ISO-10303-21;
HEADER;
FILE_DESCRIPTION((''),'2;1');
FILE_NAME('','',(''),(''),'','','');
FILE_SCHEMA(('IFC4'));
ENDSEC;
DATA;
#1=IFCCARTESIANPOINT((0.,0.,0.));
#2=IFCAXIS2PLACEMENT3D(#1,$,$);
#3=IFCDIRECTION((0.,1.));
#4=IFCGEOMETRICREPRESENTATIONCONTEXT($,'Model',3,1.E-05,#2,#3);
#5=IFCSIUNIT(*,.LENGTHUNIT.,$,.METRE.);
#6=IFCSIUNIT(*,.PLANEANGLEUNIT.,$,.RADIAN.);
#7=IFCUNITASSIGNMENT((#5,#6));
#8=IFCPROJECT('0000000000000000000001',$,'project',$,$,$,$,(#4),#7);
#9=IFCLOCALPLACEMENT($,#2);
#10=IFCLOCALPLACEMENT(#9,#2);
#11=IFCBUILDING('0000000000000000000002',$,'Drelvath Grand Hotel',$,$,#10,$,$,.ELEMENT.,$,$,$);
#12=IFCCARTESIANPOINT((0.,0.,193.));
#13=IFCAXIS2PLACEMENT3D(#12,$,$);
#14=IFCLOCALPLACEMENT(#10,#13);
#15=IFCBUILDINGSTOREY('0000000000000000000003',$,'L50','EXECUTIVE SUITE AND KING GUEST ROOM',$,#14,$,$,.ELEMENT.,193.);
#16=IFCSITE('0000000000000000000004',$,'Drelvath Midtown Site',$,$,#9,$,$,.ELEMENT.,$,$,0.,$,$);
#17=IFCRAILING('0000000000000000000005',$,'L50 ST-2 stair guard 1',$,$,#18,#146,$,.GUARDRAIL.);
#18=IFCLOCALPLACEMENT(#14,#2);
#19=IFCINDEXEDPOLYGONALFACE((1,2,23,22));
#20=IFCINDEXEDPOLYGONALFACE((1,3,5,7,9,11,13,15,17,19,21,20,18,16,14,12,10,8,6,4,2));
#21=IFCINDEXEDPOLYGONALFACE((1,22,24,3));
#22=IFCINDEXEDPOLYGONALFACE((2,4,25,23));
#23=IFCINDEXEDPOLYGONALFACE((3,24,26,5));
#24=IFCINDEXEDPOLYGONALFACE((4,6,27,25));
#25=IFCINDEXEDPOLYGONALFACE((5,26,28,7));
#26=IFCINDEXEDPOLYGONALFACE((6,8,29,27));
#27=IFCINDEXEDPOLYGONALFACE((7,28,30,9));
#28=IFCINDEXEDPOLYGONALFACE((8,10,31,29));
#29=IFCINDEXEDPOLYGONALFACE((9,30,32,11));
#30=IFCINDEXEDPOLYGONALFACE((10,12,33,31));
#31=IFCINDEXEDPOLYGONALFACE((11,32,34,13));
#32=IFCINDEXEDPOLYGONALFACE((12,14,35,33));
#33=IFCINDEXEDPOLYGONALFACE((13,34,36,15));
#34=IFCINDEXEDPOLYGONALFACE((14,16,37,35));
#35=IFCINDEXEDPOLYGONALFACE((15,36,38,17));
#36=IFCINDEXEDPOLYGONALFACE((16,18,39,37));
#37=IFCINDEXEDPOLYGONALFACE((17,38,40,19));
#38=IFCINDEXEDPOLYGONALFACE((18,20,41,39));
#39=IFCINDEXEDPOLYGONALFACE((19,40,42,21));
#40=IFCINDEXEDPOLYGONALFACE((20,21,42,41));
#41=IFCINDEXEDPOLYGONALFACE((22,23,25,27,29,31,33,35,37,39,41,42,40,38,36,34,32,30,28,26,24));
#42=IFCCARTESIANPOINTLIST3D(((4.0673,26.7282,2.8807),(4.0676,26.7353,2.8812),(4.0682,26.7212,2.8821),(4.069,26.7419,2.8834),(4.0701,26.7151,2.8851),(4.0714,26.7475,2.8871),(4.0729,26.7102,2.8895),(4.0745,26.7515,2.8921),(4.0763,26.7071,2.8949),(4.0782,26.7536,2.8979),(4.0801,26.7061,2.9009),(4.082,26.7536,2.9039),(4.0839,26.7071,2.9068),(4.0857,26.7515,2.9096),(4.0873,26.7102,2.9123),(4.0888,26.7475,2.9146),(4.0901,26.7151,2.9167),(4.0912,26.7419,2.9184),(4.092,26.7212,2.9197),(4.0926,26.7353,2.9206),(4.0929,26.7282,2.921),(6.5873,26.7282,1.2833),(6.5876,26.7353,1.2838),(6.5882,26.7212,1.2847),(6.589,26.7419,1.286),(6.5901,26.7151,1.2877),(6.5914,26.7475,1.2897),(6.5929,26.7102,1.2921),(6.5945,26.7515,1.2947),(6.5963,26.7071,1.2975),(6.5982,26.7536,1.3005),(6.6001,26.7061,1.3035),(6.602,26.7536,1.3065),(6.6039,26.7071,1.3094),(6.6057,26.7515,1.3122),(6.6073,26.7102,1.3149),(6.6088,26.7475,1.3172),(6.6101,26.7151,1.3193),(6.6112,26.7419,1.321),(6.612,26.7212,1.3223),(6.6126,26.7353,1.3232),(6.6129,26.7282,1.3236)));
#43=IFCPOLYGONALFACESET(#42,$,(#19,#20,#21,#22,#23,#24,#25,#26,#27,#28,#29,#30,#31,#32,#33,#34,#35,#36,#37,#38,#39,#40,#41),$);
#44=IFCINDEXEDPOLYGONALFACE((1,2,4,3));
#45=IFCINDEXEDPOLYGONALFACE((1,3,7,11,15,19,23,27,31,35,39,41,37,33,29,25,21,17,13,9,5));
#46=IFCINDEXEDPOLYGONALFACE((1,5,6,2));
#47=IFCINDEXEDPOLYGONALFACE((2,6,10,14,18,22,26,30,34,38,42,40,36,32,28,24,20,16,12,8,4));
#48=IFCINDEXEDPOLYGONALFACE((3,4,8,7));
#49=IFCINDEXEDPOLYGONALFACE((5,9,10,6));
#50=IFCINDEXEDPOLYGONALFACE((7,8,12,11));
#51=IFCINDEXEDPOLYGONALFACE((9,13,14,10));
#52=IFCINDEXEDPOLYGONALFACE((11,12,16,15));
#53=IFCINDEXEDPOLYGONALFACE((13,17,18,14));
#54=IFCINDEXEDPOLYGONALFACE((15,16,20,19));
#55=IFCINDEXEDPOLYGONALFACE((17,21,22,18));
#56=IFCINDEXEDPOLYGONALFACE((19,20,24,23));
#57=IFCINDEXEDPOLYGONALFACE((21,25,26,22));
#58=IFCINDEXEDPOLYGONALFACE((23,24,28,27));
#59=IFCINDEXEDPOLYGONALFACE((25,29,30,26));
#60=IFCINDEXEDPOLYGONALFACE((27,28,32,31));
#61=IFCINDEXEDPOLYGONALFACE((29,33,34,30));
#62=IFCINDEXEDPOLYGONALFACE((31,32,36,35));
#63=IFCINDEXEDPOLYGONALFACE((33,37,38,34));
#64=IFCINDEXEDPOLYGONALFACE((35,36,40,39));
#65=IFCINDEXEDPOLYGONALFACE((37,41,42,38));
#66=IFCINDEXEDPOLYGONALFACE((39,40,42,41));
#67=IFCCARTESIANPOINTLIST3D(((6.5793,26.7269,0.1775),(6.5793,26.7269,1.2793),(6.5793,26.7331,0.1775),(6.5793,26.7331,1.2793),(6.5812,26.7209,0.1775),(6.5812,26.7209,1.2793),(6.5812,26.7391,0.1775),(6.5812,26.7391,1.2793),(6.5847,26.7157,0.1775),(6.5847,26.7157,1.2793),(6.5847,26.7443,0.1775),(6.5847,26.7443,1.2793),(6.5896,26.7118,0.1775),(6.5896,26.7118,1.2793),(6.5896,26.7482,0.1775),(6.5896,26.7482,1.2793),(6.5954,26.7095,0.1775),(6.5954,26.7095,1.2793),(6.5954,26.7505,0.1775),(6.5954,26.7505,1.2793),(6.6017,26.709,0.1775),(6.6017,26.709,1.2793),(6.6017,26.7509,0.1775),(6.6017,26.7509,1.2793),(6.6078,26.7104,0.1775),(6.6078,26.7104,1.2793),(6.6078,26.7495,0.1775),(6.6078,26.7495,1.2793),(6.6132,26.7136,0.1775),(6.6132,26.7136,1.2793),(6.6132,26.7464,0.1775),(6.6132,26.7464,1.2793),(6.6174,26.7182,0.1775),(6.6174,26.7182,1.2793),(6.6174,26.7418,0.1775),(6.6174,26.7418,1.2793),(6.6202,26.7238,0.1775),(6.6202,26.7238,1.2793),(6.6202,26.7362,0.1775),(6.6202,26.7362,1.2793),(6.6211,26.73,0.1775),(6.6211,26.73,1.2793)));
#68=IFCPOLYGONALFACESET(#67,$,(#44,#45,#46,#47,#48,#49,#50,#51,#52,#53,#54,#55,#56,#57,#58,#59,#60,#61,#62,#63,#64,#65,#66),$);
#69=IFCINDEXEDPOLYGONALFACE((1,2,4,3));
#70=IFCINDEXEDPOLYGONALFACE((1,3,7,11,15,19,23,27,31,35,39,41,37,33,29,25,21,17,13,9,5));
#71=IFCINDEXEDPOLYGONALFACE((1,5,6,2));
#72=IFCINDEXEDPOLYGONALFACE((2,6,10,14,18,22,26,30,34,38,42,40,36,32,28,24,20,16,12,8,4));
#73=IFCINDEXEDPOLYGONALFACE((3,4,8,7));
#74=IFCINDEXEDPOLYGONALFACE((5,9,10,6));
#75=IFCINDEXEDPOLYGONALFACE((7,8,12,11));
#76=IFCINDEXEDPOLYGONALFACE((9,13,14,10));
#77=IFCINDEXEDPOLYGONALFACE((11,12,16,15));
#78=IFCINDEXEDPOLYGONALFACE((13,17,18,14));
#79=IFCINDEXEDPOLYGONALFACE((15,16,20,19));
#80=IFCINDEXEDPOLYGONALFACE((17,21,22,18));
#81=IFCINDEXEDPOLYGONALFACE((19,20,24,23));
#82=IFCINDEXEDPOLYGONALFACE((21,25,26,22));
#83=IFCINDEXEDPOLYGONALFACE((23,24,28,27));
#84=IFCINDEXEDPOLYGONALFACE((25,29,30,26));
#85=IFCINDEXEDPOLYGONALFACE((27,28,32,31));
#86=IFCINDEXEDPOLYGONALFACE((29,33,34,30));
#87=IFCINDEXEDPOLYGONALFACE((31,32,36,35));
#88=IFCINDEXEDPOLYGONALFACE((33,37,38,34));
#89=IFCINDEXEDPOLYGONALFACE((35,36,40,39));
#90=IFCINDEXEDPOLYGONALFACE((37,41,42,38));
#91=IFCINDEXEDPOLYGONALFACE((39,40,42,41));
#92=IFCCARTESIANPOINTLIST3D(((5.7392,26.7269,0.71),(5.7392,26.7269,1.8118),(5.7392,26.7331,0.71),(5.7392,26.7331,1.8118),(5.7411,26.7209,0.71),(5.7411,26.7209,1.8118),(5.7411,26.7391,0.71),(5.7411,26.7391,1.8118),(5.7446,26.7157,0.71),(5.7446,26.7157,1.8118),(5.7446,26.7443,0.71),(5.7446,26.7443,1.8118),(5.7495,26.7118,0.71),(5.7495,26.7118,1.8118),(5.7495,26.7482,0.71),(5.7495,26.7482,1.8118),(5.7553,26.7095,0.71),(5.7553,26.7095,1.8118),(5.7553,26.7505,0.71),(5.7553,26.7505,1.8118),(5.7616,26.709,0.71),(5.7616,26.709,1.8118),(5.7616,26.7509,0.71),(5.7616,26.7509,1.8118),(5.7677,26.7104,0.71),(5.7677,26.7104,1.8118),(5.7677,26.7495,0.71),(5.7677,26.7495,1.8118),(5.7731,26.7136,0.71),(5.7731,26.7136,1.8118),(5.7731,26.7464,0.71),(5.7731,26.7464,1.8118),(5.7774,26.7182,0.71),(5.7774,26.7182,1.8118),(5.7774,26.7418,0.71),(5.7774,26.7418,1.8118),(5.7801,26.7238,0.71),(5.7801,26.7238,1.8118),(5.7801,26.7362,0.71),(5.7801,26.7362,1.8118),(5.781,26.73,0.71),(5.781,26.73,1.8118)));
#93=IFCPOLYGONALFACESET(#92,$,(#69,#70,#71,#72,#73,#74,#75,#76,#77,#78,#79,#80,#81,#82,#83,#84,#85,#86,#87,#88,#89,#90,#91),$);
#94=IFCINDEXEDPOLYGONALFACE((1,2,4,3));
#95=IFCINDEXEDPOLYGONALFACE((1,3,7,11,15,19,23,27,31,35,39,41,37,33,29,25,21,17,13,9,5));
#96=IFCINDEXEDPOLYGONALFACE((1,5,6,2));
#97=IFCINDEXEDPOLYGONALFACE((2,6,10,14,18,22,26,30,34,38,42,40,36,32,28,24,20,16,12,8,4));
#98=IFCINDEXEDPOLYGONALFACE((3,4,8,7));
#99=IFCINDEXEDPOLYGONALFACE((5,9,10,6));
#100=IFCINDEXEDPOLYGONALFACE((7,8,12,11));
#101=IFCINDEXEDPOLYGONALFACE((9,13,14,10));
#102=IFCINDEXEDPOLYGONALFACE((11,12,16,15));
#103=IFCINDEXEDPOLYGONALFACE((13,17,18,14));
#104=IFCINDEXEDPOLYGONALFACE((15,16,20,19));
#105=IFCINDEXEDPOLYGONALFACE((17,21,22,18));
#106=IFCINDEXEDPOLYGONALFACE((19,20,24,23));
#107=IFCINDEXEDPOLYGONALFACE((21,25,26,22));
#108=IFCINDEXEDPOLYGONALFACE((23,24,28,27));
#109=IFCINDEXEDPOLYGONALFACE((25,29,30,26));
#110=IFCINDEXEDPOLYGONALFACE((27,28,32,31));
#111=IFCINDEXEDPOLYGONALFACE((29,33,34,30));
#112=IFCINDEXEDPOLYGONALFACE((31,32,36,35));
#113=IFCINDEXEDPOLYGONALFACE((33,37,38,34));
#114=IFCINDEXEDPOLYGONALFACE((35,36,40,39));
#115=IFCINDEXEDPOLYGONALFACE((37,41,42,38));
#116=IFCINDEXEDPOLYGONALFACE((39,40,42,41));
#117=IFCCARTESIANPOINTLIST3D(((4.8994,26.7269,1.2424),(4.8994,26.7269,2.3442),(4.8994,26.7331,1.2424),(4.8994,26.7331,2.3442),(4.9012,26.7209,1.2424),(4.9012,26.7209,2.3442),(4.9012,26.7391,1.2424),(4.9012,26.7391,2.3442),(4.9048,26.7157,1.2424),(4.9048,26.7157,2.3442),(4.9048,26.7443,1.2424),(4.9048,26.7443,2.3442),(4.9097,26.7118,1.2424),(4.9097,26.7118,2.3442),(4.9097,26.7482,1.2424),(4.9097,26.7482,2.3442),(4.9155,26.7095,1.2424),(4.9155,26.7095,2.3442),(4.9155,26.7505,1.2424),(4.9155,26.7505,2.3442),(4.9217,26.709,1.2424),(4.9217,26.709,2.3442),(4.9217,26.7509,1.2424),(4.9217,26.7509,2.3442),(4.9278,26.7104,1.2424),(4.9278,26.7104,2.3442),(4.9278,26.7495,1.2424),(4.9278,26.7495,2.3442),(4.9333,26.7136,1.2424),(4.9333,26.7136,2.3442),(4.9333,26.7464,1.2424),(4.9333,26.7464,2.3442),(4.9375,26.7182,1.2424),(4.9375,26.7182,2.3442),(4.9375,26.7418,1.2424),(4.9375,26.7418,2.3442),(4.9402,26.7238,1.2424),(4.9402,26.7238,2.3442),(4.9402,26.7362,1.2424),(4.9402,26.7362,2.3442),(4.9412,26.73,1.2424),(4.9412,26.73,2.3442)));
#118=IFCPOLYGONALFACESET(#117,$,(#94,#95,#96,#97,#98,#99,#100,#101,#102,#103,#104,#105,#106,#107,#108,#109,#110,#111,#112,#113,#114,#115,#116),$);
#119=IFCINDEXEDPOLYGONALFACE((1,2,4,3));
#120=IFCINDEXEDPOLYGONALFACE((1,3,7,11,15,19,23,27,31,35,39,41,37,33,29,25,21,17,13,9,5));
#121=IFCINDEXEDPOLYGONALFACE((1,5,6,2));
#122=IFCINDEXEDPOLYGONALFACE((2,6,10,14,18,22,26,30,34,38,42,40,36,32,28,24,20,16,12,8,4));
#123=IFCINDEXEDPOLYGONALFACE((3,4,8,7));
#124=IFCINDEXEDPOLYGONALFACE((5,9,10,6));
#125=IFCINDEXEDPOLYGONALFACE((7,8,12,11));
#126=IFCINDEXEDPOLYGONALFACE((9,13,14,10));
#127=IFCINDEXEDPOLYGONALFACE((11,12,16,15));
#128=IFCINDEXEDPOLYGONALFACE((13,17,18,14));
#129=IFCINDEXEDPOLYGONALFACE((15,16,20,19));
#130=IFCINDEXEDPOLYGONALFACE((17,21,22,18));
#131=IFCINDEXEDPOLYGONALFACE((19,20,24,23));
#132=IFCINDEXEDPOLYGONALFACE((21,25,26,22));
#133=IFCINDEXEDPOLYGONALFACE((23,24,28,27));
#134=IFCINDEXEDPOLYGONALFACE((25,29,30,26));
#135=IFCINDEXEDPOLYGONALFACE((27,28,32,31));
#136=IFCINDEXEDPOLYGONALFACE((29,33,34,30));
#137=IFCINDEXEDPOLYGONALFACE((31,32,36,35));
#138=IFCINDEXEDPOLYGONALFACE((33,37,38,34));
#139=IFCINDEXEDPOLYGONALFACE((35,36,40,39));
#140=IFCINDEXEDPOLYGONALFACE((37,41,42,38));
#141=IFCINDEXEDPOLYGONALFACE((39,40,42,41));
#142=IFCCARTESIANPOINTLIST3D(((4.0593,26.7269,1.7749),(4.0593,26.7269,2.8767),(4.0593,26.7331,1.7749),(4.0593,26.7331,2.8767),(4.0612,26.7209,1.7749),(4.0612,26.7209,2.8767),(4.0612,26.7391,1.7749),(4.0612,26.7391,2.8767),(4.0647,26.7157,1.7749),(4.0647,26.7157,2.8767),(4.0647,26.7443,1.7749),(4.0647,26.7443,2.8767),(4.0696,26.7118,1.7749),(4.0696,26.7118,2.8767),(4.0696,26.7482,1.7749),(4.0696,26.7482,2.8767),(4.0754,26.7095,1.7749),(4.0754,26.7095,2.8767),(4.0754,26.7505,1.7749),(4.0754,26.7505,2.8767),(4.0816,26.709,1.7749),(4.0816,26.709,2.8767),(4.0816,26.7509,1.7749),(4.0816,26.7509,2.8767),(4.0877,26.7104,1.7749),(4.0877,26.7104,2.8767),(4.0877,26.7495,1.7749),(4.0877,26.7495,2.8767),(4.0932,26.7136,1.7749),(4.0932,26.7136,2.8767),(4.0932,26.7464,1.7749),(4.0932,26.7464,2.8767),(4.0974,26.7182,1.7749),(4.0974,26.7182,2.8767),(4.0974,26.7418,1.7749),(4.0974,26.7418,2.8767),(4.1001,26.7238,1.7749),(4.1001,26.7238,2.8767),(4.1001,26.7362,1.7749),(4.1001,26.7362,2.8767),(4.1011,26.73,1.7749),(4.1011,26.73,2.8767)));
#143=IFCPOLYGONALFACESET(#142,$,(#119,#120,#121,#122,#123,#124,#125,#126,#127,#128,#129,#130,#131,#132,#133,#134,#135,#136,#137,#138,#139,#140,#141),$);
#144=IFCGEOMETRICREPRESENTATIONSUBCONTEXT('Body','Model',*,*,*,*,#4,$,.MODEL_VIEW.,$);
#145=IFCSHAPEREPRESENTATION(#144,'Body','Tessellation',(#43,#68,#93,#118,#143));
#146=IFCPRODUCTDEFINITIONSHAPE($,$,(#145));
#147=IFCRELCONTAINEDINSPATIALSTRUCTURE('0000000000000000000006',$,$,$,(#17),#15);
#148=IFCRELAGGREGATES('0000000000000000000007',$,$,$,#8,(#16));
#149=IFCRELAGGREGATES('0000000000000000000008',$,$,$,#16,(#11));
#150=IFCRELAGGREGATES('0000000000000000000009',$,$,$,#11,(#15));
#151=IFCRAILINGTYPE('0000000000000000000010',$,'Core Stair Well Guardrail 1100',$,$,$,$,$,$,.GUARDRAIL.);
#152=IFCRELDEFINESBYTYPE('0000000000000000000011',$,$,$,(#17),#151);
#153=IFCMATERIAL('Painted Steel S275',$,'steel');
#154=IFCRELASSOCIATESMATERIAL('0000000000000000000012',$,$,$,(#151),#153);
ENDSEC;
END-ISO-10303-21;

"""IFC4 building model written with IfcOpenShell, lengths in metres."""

from ifc_helpers import new_model, si_unit, direction, frame, origin, origin_2d, place, context, subcontext, project, spatial, circle, extrude, material, type_object, element, save


model = new_model("IFC4")

# Units and contexts
model_context = context("Model", 3, precision=1e-05, world=origin(), true_north=direction((0.0, 1.0)))
body_context = subcontext(model_context, "Body", "Model", "MODEL_VIEW")
ifc_project = project(units=[si_unit("LENGTHUNIT", "METRE"), si_unit("PLANEANGLEUNIT", "RADIAN")], contexts=[model_context])

# Site, building, storey
site_placement = place(None, origin())
site = spatial("IfcSite", under=ifc_project, at=site_placement, Name="Drelvath Midtown Site", CompositionType="ELEMENT", RefElevation=0.0)
building_placement = place(site_placement, origin())
building = spatial("IfcBuilding", under=site, at=building_placement, Name="Drelvath Grand Hotel", CompositionType="ELEMENT")
storey_placement = place(building_placement, frame((0.0, 0.0, 193.0)))
storey = spatial("IfcBuildingStorey", under=building, at=storey_placement, Name="L50", Description="EXECUTIVE SUITE AND KING GUEST ROOM", CompositionType="ELEMENT", Elevation=193.0)

# Shared definitions
ifc_material_1 = material(Name="Painted Steel S275", Category="steel")

# Railing
railing_type_1 = type_object("IfcRailingType", Name="Core Stair Well Guardrail 1100", PredefinedType="GUARDRAIL", material=ifc_material_1)
railing_1_placement = place(storey_placement, frame((6.6001, 26.73, 0.1775)))
element("IfcRailing", 1, at=railing_1_placement, inside=storey, type_object=railing_type_1, Name="L50 ST-2 stair guard 1", PredefinedType="GUARDRAIL", context=body_context, shape_type="SweptSolid", body=[
    extrude(circle(Radius=0.0239, at=origin_2d()), frame((0.0, 0.0, 1.126), z_axis=(-0.844607, 0.0, 0.535387), x_axis=(0.0, -1.0, 0.0)), (0.0, 0.0, 1.0), 2.9836),
    extrude(circle(Radius=0.021, at=origin_2d()), origin(), (0.0, 0.0, 1.0), 1.1018),
    extrude(circle(Radius=0.021, at=origin_2d()), frame((-0.8401, 0.0, 0.5325)), (0.0, 0.0, 1.0), 1.1018),
    extrude(circle(Radius=0.021, at=origin_2d()), frame((-1.6799, 0.0, 1.0649)), (0.0, 0.0, 1.0), 1.1018),
    extrude(circle(Radius=0.021, at=origin_2d()), frame((-2.52, 0.0, 1.5974)), (0.0, 0.0, 1.0), 1.1018),
])

save(model, "model.ifc")
